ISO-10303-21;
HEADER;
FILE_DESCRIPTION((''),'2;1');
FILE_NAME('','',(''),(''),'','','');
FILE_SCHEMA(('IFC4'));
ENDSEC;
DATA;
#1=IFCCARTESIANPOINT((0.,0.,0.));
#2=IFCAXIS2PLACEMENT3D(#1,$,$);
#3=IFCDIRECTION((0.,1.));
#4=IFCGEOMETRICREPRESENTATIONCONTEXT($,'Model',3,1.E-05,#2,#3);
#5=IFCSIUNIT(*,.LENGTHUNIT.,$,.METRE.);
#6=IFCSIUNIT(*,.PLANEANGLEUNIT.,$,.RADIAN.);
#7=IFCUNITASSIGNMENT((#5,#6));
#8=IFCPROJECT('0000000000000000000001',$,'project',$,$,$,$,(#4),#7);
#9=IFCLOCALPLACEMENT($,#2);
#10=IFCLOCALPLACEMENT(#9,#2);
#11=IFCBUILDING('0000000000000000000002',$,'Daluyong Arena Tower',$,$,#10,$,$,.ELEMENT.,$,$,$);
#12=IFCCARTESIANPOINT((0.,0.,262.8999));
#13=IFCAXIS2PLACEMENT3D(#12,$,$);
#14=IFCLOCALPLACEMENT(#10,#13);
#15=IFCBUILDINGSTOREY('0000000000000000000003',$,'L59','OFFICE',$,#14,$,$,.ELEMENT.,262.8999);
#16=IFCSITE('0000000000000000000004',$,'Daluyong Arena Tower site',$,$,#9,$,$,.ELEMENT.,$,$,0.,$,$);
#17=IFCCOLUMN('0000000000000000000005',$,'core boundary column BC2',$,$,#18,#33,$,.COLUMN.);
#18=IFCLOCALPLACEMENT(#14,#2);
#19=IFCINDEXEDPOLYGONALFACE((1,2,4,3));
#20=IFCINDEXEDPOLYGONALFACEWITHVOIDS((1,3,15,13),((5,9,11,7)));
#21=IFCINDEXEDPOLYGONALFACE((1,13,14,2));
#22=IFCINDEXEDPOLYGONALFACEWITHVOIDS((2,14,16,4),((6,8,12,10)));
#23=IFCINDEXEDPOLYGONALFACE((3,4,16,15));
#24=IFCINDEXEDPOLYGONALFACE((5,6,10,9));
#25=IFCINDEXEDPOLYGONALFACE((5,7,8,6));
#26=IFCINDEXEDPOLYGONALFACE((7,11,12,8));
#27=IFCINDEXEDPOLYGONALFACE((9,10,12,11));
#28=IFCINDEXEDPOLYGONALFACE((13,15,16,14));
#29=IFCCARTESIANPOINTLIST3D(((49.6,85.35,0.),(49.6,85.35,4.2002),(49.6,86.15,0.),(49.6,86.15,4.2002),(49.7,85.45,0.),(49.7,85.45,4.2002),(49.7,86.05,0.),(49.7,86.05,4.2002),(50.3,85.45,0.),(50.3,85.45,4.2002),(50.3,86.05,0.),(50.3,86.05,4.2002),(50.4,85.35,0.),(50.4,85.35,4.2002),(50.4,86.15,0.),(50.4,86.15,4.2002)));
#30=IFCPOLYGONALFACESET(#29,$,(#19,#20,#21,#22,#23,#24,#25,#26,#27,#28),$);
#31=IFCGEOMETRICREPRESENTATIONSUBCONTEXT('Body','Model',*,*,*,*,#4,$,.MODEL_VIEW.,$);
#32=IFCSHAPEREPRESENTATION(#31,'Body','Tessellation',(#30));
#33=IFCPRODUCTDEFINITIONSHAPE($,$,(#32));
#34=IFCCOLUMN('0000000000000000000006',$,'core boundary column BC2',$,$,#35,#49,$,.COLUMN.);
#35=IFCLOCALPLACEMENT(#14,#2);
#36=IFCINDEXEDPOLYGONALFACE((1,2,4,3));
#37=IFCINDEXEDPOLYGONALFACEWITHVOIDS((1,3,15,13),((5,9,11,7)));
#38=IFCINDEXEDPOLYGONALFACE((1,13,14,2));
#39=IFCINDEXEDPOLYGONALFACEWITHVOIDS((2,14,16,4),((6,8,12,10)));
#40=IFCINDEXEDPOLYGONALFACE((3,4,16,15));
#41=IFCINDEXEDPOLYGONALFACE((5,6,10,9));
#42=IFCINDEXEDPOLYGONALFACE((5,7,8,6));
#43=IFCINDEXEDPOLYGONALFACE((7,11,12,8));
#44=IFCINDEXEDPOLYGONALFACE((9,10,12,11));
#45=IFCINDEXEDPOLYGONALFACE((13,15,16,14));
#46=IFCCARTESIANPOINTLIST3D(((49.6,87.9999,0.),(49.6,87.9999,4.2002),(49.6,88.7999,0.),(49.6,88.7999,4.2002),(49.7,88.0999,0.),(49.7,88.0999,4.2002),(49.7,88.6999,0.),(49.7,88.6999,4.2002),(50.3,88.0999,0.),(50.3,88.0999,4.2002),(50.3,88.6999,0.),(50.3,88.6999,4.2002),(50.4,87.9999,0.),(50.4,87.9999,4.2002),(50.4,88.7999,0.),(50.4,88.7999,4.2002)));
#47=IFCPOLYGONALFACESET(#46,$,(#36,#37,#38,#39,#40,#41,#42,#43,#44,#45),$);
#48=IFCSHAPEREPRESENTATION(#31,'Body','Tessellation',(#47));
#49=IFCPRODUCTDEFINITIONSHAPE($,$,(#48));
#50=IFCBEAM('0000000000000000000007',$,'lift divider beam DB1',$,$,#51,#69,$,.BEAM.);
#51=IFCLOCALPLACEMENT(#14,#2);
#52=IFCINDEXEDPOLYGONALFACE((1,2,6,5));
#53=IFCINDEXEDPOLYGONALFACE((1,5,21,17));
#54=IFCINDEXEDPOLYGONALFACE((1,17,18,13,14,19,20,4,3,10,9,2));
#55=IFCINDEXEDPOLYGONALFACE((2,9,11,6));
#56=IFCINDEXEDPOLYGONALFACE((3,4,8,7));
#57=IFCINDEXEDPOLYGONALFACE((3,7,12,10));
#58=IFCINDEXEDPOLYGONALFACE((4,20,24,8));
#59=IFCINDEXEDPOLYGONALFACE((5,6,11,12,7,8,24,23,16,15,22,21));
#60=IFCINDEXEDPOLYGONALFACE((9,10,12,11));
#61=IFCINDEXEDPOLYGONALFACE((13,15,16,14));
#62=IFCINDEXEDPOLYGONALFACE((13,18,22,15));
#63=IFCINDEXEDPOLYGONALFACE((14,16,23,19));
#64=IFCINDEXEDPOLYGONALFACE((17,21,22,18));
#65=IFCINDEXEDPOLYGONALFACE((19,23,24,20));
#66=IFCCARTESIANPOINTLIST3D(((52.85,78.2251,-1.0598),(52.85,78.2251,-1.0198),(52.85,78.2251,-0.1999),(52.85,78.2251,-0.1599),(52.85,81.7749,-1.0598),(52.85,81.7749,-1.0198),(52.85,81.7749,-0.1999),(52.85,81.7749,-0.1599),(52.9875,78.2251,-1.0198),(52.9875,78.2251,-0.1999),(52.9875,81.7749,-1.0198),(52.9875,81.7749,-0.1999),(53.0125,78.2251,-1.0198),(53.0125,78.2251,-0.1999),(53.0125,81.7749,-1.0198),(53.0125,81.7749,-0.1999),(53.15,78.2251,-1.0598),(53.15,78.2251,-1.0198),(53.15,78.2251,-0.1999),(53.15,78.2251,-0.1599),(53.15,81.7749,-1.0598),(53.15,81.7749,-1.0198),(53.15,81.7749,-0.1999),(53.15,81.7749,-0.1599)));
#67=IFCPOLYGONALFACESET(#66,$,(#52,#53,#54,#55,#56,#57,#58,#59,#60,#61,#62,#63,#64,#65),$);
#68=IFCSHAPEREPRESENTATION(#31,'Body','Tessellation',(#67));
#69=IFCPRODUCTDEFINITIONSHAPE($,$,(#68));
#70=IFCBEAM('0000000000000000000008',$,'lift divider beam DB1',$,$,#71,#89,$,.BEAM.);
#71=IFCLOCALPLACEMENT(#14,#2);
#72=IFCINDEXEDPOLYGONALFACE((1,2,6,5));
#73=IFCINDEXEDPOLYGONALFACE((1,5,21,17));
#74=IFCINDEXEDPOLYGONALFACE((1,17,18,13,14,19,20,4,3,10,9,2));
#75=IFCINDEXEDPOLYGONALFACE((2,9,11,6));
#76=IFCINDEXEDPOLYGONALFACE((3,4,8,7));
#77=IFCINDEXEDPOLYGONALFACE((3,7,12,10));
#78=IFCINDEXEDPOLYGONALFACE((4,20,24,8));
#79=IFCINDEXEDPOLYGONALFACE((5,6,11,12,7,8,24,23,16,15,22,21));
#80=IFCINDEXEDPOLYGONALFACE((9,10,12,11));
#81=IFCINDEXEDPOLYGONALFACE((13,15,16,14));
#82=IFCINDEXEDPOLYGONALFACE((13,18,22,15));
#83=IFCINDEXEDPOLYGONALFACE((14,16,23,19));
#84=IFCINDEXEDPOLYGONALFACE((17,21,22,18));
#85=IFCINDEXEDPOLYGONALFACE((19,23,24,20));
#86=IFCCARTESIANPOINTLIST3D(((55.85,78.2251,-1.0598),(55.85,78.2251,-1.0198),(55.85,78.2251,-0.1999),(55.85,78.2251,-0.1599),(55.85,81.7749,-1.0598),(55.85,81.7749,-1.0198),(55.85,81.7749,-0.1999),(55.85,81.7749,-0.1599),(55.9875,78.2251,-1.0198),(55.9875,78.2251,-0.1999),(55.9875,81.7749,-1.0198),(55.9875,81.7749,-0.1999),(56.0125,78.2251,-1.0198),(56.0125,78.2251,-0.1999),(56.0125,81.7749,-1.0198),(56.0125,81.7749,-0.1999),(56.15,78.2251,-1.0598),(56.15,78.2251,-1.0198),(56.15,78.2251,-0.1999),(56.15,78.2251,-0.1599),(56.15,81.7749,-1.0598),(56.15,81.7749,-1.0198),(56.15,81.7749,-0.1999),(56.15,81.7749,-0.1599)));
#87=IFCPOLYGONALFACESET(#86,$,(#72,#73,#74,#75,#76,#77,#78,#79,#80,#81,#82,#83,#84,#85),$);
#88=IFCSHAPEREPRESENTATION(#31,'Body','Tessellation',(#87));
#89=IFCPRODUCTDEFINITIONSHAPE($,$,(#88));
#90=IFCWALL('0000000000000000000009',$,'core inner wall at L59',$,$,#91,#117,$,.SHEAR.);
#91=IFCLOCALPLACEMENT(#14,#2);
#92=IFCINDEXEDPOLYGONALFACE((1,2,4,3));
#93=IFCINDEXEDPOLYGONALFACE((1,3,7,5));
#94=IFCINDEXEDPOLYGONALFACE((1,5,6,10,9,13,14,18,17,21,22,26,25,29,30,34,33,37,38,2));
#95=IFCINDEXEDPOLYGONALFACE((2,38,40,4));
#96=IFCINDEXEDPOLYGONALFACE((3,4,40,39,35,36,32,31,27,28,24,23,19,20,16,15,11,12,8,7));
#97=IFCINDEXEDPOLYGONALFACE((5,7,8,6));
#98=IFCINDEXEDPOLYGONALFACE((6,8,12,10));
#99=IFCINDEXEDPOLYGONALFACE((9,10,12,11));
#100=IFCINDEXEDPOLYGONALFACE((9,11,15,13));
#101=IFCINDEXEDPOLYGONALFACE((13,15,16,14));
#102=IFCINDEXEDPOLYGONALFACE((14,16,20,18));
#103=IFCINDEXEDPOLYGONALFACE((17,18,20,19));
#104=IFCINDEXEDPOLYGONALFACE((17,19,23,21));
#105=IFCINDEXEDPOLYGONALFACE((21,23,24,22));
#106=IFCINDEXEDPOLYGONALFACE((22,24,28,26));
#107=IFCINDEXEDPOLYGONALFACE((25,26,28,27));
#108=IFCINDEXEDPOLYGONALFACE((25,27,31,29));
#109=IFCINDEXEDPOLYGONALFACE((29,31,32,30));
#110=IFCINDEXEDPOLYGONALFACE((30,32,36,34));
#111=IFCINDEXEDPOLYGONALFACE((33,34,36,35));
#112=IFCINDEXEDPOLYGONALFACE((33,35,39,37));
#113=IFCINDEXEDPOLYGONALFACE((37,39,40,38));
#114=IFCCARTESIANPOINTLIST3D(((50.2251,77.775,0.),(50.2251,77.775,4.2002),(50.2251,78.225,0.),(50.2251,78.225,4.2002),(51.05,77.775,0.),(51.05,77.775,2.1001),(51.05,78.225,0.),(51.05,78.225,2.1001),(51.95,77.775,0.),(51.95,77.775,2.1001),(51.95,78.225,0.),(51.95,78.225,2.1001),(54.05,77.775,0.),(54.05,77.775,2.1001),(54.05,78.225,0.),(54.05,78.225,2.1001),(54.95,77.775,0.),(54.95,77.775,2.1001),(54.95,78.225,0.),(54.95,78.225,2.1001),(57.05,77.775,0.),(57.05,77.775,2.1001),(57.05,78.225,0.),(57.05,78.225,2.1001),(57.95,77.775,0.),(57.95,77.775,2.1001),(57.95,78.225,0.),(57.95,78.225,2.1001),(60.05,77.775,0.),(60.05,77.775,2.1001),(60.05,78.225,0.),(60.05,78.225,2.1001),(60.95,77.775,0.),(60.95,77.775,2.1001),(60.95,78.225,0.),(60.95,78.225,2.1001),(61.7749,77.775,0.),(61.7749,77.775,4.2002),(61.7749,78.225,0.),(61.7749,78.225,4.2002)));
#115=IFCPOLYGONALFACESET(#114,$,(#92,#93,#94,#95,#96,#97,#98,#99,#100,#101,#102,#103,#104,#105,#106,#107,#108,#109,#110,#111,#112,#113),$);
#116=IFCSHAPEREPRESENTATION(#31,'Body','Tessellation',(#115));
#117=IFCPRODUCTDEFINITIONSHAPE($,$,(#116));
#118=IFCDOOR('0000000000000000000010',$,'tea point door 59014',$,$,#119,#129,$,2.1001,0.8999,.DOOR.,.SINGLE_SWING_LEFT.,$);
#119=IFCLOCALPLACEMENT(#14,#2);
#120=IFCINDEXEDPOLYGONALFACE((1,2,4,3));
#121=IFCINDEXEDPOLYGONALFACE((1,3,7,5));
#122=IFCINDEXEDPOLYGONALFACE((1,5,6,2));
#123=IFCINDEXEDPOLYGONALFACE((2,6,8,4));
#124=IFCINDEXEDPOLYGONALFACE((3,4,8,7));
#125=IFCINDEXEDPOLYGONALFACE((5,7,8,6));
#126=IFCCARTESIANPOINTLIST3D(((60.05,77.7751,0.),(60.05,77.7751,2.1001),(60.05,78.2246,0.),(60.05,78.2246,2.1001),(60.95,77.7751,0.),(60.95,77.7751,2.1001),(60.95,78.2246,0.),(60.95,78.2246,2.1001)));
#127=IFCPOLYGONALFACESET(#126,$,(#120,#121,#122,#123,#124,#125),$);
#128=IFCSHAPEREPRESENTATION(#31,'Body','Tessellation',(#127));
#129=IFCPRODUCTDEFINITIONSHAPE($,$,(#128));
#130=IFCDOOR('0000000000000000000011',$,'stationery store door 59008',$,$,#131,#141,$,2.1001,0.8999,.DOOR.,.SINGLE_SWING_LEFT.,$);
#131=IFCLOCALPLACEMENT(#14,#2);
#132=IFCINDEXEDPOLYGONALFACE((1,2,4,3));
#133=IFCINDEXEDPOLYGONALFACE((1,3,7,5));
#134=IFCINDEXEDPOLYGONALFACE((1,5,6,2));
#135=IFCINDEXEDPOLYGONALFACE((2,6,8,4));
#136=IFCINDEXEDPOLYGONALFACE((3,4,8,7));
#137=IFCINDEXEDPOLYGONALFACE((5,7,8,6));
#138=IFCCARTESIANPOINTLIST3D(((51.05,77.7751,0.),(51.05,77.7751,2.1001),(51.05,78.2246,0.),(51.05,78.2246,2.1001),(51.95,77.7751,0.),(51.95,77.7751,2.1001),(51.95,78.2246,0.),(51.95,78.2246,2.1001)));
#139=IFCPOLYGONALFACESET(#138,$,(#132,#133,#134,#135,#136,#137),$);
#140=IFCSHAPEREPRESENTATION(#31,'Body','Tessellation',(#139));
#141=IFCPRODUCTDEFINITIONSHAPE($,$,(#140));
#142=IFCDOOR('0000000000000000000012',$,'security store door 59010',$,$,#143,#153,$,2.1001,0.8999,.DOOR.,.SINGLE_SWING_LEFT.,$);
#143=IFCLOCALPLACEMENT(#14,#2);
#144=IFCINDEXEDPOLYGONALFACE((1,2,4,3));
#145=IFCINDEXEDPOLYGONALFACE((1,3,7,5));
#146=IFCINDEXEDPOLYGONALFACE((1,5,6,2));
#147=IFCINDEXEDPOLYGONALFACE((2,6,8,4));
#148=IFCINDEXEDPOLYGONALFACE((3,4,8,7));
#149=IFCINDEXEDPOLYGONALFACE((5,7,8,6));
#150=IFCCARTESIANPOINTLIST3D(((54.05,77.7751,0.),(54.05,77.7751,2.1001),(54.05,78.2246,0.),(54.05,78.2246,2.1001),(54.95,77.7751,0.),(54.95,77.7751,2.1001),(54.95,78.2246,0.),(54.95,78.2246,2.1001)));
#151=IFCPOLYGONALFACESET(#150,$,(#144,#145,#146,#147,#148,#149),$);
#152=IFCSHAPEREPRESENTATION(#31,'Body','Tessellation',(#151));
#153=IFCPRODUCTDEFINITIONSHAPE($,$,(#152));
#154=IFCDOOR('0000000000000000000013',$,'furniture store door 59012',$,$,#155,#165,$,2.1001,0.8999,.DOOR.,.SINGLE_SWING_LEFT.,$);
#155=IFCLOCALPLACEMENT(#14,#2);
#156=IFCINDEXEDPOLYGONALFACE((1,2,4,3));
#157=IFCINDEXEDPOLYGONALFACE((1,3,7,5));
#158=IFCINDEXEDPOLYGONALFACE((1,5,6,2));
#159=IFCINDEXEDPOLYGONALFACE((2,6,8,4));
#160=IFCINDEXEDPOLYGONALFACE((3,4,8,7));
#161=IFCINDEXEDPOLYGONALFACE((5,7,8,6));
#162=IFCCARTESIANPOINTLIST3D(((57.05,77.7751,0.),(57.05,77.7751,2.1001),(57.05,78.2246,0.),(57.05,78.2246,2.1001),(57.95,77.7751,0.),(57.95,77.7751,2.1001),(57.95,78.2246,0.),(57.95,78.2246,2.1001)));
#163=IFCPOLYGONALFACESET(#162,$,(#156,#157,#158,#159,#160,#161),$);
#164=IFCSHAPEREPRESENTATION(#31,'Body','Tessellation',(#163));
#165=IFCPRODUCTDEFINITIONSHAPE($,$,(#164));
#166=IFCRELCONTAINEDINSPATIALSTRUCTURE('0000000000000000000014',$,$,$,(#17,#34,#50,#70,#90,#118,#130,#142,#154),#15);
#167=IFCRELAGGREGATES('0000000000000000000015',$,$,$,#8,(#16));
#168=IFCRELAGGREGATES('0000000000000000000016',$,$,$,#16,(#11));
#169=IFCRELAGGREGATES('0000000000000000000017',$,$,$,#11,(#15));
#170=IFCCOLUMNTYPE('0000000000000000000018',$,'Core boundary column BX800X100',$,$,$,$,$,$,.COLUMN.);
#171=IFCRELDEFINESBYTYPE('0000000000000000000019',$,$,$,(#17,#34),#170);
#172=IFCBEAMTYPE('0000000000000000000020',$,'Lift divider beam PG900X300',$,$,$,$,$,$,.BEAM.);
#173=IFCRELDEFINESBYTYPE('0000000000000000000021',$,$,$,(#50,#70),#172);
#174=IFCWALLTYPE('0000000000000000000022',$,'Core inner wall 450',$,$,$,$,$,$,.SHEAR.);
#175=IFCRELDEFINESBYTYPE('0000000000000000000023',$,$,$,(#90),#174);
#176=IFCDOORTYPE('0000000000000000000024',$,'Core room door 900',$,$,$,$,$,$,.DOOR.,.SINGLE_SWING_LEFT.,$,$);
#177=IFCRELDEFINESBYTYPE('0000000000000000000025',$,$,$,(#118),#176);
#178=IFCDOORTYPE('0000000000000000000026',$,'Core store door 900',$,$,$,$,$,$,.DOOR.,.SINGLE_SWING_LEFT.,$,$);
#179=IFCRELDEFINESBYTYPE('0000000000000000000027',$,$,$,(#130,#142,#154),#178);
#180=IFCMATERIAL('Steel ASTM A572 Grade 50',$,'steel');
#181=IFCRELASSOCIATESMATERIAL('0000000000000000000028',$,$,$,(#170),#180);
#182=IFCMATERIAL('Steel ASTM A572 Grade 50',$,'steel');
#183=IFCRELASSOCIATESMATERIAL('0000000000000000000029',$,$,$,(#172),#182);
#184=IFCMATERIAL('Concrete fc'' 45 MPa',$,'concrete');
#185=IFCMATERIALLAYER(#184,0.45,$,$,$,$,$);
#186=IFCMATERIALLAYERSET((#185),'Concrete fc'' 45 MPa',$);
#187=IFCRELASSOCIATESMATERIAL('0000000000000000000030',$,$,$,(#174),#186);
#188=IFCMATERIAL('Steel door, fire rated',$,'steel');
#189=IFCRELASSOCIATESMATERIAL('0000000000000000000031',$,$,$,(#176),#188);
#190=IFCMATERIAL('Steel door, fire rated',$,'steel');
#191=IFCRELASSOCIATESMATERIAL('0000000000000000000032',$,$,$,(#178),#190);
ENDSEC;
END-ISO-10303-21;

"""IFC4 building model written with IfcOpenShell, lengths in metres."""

from ifc_helpers import new_model, si_unit, direction, frame, frame_2d, origin, origin_2d, place, context, subcontext, project, spatial, rectangle, hollow_rectangle, i_section, extrude, material, layer, layer_set, material_profile, profile_set, type_object, element, fill, save


model = new_model("IFC4")

# Units and contexts
model_context = context("Model", 3, precision=1e-05, world=origin(), true_north=direction((0.0, 1.0)))
body_context = subcontext(model_context, "Body", "Model", "MODEL_VIEW")
ifc_project = project(units=[si_unit("LENGTHUNIT", "METRE"), si_unit("PLANEANGLEUNIT", "RADIAN")], contexts=[model_context])

# Site, building, storey
site_placement = place(None, origin())
site = spatial("IfcSite", under=ifc_project, at=site_placement, Name="Daluyong Arena Tower site", CompositionType="ELEMENT", RefElevation=0.0)
building_placement = place(site_placement, origin())
building = spatial("IfcBuilding", under=site, at=building_placement, Name="Daluyong Arena Tower", CompositionType="ELEMENT")
storey_placement = place(building_placement, frame((0.0, 0.0, 262.8999)))
storey = spatial("IfcBuildingStorey", under=building, at=storey_placement, Name="L59", Description="OFFICE", CompositionType="ELEMENT", Elevation=262.8999)

# Columns
ifc_material_1 = material(Name="Steel ASTM A572 Grade 50", Category="steel")
ifc_material_profile_1 = material_profile(ifc_material_1, hollow_rectangle(XDim=0.8, YDim=0.8, WallThickness=0.1, at=origin_2d()))
ifc_profile_set_1 = profile_set([ifc_material_profile_1], Name="Steel ASTM A572 Grade 50")
column_type = type_object("IfcColumnType", Name="Core boundary column BX800X100", PredefinedType="COLUMN", material=ifc_profile_set_1)
for number, where, z_axis, x_axis, name in (
    (1, (50.0, 85.75, 0.0), (0.0, 0.0, 1.0), (1.0, 0.0, 0.0), "core boundary column BC2"),
    (2, (50.0, 88.3999, 0.0), (0.0, 0.0, 1.0), (1.0, 0.0, 0.0), "core boundary column BC2"),
):
    element("IfcColumn", number, at=place(storey_placement, frame(where, z_axis=z_axis, x_axis=x_axis)), inside=storey, type_object=column_type, Name=name, PredefinedType="COLUMN", context=body_context, shape_type="SweptSolid", body=[
        extrude(hollow_rectangle(XDim=0.8, YDim=0.8, WallThickness=0.1, at=origin_2d()), origin(), (0.0, 0.0, 1.0), 4.2002),
    ])

# Beams
ifc_material_2 = material(Name="Steel ASTM A572 Grade 50", Category="steel")
ifc_material_profile_2 = material_profile(ifc_material_2, i_section(OverallWidth=0.3, OverallDepth=0.8999, WebThickness=0.025, FlangeThickness=0.04, at=origin_2d()))
ifc_profile_set_2 = profile_set([ifc_material_profile_2], Name="Steel ASTM A572 Grade 50")
beam_type = type_object("IfcBeamType", Name="Lift divider beam PG900X300", PredefinedType="BEAM", material=ifc_profile_set_2)
for number, where, z_axis, x_axis, name in (
    (3, (53.0, 78.2251, -0.6099), (0.0, 1.0, 0.0), (-1.0, 0.0, 0.0), "lift divider beam DB1"),
    (4, (56.0, 78.2251, -0.6099), (0.0, 1.0, 0.0), (-1.0, 0.0, 0.0), "lift divider beam DB1"),
):
    element("IfcBeam", number, at=place(storey_placement, frame(where, z_axis=z_axis, x_axis=x_axis)), inside=storey, type_object=beam_type, Name=name, PredefinedType="BEAM", context=body_context, shape_type="SweptSolid", body=[
        extrude(i_section(OverallWidth=0.3, OverallDepth=0.8999, WebThickness=0.025, FlangeThickness=0.04, at=origin_2d()), origin(), (0.0, 0.0, 1.0), 3.5498),
    ])

# Wall, openings, doors
ifc_material_3 = material(Name="Concrete fc' 45 MPa", Category="concrete")
ifc_layer_1 = layer(ifc_material_3, 0.45)
ifc_layer_set_1 = layer_set([ifc_layer_1], Name="Concrete fc' 45 MPa")
wall_type_1 = type_object("IfcWallType", Name="Core inner wall 450", PredefinedType="SHEAR", material=ifc_layer_set_1)
wall_1_placement = place(storey_placement, frame((50.2251, 78.0, 0.0), z_axis=(0.0, 0.0, 1.0), x_axis=(1.0, 0.0, 0.0)))
wall_1 = element("IfcWall", 5, at=wall_1_placement, inside=storey, type_object=wall_type_1, Name="core inner wall at L59", PredefinedType="SHEAR", context=body_context, shape_type="SweptSolid", body=[
    extrude(rectangle(XDim=11.5498, YDim=0.45, at=frame_2d((5.7749, 0.0))), origin(), (0.0, 0.0, 1.0), 4.2002),
])
opening_1_placement = place(wall_1_placement, frame((0.825, 0.0, 0.0)))
opening_1 = element("IfcOpeningElement", 6, at=opening_1_placement, cuts=wall_1, PredefinedType="OPENING", context=body_context, shape_type="SweptSolid", body=[
    extrude(rectangle(XDim=0.8999, YDim=2.1001, at=frame_2d((0.45, 1.05))), frame((0.0, 0.2349, 0.0), z_axis=(0.0, -1.0, 0.0), x_axis=(1.0, 0.0, 0.0)), (0.0, 0.0, 1.0), 0.47),
])
opening_2_placement = place(wall_1_placement, frame((3.825, 0.0, 0.0)))
opening_2 = element("IfcOpeningElement", 7, at=opening_2_placement, cuts=wall_1, PredefinedType="OPENING", context=body_context, shape_type="SweptSolid", body=[
    extrude(rectangle(XDim=0.8999, YDim=2.1001, at=frame_2d((0.45, 1.05))), frame((0.0, 0.2349, 0.0), z_axis=(0.0, -1.0, 0.0), x_axis=(1.0, 0.0, 0.0)), (0.0, 0.0, 1.0), 0.47),
])
opening_3_placement = place(wall_1_placement, frame((6.825, 0.0, 0.0)))
opening_3 = element("IfcOpeningElement", 8, at=opening_3_placement, cuts=wall_1, PredefinedType="OPENING", context=body_context, shape_type="SweptSolid", body=[
    extrude(rectangle(XDim=0.8999, YDim=2.1001, at=frame_2d((0.45, 1.05))), frame((0.0, 0.2349, 0.0), z_axis=(0.0, -1.0, 0.0), x_axis=(1.0, 0.0, 0.0)), (0.0, 0.0, 1.0), 0.47),
])
opening_4_placement = place(wall_1_placement, frame((9.825, 0.0, 0.0)))
opening_4 = element("IfcOpeningElement", 9, at=opening_4_placement, cuts=wall_1, PredefinedType="OPENING", context=body_context, shape_type="SweptSolid", body=[
    extrude(rectangle(XDim=0.8999, YDim=2.1001, at=frame_2d((0.45, 1.05))), frame((0.0, 0.2349, 0.0), z_axis=(0.0, -1.0, 0.0), x_axis=(1.0, 0.0, 0.0)), (0.0, 0.0, 1.0), 0.47),
])
ifc_material_4 = material(Name="Steel door, fire rated", Category="steel")
door_type_1 = type_object("IfcDoorType", Name="Core room door 900", OperationType="SINGLE_SWING_LEFT", PredefinedType="DOOR", material=ifc_material_4)
door_1_placement = place(opening_4_placement, origin())
door_1 = element("IfcDoor", 10, at=door_1_placement, inside=storey, type_object=door_type_1, Name="tea point door 59014", OperationType="SINGLE_SWING_LEFT", OverallHeight=2.1001, OverallWidth=0.8999, PredefinedType="DOOR", context=body_context, shape_type="SweptSolid", body=[
    extrude(rectangle(XDim=0.8999, YDim=2.1001, at=frame_2d((0.45, 1.05))), frame((0.0, 0.2246, 0.0), z_axis=(0.0, -1.0, 0.0), x_axis=(1.0, 0.0, 0.0)), (0.0, 0.0, 1.0), 0.4495),
])
fill(opening_4, door_1)
ifc_material_5 = material(Name="Steel door, fire rated", Category="steel")
door_type_2 = type_object("IfcDoorType", Name="Core store door 900", OperationType="SINGLE_SWING_LEFT", PredefinedType="DOOR", material=ifc_material_5)
door_2_placement = place(opening_1_placement, origin())
door_2 = element("IfcDoor", 11, at=door_2_placement, inside=storey, type_object=door_type_2, Name="stationery store door 59008", OperationType="SINGLE_SWING_LEFT", OverallHeight=2.1001, OverallWidth=0.8999, PredefinedType="DOOR", context=body_context, shape_type="SweptSolid", body=[
    extrude(rectangle(XDim=0.8999, YDim=2.1001, at=frame_2d((0.45, 1.05))), frame((0.0, 0.2246, 0.0), z_axis=(0.0, -1.0, 0.0), x_axis=(1.0, 0.0, 0.0)), (0.0, 0.0, 1.0), 0.4495),
])
fill(opening_1, door_2)
door_3_placement = place(opening_2_placement, origin())
door_3 = element("IfcDoor", 12, at=door_3_placement, inside=storey, type_object=door_type_2, Name="security store door 59010", OperationType="SINGLE_SWING_LEFT", OverallHeight=2.1001, OverallWidth=0.8999, PredefinedType="DOOR", context=body_context, shape_type="SweptSolid", body=[
    extrude(rectangle(XDim=0.8999, YDim=2.1001, at=frame_2d((0.45, 1.05))), frame((0.0, 0.2246, 0.0), z_axis=(0.0, -1.0, 0.0), x_axis=(1.0, 0.0, 0.0)), (0.0, 0.0, 1.0), 0.4495),
])
fill(opening_2, door_3)
door_4_placement = place(opening_3_placement, origin())
door_4 = element("IfcDoor", 13, at=door_4_placement, inside=storey, type_object=door_type_2, Name="furniture store door 59012", OperationType="SINGLE_SWING_LEFT", OverallHeight=2.1001, OverallWidth=0.8999, PredefinedType="DOOR", context=body_context, shape_type="SweptSolid", body=[
    extrude(rectangle(XDim=0.8999, YDim=2.1001, at=frame_2d((0.45, 1.05))), frame((0.0, 0.2246, 0.0), z_axis=(0.0, -1.0, 0.0), x_axis=(1.0, 0.0, 0.0)), (0.0, 0.0, 1.0), 0.4495),
])
fill(opening_3, door_4)

save(model, "model.ifc")
